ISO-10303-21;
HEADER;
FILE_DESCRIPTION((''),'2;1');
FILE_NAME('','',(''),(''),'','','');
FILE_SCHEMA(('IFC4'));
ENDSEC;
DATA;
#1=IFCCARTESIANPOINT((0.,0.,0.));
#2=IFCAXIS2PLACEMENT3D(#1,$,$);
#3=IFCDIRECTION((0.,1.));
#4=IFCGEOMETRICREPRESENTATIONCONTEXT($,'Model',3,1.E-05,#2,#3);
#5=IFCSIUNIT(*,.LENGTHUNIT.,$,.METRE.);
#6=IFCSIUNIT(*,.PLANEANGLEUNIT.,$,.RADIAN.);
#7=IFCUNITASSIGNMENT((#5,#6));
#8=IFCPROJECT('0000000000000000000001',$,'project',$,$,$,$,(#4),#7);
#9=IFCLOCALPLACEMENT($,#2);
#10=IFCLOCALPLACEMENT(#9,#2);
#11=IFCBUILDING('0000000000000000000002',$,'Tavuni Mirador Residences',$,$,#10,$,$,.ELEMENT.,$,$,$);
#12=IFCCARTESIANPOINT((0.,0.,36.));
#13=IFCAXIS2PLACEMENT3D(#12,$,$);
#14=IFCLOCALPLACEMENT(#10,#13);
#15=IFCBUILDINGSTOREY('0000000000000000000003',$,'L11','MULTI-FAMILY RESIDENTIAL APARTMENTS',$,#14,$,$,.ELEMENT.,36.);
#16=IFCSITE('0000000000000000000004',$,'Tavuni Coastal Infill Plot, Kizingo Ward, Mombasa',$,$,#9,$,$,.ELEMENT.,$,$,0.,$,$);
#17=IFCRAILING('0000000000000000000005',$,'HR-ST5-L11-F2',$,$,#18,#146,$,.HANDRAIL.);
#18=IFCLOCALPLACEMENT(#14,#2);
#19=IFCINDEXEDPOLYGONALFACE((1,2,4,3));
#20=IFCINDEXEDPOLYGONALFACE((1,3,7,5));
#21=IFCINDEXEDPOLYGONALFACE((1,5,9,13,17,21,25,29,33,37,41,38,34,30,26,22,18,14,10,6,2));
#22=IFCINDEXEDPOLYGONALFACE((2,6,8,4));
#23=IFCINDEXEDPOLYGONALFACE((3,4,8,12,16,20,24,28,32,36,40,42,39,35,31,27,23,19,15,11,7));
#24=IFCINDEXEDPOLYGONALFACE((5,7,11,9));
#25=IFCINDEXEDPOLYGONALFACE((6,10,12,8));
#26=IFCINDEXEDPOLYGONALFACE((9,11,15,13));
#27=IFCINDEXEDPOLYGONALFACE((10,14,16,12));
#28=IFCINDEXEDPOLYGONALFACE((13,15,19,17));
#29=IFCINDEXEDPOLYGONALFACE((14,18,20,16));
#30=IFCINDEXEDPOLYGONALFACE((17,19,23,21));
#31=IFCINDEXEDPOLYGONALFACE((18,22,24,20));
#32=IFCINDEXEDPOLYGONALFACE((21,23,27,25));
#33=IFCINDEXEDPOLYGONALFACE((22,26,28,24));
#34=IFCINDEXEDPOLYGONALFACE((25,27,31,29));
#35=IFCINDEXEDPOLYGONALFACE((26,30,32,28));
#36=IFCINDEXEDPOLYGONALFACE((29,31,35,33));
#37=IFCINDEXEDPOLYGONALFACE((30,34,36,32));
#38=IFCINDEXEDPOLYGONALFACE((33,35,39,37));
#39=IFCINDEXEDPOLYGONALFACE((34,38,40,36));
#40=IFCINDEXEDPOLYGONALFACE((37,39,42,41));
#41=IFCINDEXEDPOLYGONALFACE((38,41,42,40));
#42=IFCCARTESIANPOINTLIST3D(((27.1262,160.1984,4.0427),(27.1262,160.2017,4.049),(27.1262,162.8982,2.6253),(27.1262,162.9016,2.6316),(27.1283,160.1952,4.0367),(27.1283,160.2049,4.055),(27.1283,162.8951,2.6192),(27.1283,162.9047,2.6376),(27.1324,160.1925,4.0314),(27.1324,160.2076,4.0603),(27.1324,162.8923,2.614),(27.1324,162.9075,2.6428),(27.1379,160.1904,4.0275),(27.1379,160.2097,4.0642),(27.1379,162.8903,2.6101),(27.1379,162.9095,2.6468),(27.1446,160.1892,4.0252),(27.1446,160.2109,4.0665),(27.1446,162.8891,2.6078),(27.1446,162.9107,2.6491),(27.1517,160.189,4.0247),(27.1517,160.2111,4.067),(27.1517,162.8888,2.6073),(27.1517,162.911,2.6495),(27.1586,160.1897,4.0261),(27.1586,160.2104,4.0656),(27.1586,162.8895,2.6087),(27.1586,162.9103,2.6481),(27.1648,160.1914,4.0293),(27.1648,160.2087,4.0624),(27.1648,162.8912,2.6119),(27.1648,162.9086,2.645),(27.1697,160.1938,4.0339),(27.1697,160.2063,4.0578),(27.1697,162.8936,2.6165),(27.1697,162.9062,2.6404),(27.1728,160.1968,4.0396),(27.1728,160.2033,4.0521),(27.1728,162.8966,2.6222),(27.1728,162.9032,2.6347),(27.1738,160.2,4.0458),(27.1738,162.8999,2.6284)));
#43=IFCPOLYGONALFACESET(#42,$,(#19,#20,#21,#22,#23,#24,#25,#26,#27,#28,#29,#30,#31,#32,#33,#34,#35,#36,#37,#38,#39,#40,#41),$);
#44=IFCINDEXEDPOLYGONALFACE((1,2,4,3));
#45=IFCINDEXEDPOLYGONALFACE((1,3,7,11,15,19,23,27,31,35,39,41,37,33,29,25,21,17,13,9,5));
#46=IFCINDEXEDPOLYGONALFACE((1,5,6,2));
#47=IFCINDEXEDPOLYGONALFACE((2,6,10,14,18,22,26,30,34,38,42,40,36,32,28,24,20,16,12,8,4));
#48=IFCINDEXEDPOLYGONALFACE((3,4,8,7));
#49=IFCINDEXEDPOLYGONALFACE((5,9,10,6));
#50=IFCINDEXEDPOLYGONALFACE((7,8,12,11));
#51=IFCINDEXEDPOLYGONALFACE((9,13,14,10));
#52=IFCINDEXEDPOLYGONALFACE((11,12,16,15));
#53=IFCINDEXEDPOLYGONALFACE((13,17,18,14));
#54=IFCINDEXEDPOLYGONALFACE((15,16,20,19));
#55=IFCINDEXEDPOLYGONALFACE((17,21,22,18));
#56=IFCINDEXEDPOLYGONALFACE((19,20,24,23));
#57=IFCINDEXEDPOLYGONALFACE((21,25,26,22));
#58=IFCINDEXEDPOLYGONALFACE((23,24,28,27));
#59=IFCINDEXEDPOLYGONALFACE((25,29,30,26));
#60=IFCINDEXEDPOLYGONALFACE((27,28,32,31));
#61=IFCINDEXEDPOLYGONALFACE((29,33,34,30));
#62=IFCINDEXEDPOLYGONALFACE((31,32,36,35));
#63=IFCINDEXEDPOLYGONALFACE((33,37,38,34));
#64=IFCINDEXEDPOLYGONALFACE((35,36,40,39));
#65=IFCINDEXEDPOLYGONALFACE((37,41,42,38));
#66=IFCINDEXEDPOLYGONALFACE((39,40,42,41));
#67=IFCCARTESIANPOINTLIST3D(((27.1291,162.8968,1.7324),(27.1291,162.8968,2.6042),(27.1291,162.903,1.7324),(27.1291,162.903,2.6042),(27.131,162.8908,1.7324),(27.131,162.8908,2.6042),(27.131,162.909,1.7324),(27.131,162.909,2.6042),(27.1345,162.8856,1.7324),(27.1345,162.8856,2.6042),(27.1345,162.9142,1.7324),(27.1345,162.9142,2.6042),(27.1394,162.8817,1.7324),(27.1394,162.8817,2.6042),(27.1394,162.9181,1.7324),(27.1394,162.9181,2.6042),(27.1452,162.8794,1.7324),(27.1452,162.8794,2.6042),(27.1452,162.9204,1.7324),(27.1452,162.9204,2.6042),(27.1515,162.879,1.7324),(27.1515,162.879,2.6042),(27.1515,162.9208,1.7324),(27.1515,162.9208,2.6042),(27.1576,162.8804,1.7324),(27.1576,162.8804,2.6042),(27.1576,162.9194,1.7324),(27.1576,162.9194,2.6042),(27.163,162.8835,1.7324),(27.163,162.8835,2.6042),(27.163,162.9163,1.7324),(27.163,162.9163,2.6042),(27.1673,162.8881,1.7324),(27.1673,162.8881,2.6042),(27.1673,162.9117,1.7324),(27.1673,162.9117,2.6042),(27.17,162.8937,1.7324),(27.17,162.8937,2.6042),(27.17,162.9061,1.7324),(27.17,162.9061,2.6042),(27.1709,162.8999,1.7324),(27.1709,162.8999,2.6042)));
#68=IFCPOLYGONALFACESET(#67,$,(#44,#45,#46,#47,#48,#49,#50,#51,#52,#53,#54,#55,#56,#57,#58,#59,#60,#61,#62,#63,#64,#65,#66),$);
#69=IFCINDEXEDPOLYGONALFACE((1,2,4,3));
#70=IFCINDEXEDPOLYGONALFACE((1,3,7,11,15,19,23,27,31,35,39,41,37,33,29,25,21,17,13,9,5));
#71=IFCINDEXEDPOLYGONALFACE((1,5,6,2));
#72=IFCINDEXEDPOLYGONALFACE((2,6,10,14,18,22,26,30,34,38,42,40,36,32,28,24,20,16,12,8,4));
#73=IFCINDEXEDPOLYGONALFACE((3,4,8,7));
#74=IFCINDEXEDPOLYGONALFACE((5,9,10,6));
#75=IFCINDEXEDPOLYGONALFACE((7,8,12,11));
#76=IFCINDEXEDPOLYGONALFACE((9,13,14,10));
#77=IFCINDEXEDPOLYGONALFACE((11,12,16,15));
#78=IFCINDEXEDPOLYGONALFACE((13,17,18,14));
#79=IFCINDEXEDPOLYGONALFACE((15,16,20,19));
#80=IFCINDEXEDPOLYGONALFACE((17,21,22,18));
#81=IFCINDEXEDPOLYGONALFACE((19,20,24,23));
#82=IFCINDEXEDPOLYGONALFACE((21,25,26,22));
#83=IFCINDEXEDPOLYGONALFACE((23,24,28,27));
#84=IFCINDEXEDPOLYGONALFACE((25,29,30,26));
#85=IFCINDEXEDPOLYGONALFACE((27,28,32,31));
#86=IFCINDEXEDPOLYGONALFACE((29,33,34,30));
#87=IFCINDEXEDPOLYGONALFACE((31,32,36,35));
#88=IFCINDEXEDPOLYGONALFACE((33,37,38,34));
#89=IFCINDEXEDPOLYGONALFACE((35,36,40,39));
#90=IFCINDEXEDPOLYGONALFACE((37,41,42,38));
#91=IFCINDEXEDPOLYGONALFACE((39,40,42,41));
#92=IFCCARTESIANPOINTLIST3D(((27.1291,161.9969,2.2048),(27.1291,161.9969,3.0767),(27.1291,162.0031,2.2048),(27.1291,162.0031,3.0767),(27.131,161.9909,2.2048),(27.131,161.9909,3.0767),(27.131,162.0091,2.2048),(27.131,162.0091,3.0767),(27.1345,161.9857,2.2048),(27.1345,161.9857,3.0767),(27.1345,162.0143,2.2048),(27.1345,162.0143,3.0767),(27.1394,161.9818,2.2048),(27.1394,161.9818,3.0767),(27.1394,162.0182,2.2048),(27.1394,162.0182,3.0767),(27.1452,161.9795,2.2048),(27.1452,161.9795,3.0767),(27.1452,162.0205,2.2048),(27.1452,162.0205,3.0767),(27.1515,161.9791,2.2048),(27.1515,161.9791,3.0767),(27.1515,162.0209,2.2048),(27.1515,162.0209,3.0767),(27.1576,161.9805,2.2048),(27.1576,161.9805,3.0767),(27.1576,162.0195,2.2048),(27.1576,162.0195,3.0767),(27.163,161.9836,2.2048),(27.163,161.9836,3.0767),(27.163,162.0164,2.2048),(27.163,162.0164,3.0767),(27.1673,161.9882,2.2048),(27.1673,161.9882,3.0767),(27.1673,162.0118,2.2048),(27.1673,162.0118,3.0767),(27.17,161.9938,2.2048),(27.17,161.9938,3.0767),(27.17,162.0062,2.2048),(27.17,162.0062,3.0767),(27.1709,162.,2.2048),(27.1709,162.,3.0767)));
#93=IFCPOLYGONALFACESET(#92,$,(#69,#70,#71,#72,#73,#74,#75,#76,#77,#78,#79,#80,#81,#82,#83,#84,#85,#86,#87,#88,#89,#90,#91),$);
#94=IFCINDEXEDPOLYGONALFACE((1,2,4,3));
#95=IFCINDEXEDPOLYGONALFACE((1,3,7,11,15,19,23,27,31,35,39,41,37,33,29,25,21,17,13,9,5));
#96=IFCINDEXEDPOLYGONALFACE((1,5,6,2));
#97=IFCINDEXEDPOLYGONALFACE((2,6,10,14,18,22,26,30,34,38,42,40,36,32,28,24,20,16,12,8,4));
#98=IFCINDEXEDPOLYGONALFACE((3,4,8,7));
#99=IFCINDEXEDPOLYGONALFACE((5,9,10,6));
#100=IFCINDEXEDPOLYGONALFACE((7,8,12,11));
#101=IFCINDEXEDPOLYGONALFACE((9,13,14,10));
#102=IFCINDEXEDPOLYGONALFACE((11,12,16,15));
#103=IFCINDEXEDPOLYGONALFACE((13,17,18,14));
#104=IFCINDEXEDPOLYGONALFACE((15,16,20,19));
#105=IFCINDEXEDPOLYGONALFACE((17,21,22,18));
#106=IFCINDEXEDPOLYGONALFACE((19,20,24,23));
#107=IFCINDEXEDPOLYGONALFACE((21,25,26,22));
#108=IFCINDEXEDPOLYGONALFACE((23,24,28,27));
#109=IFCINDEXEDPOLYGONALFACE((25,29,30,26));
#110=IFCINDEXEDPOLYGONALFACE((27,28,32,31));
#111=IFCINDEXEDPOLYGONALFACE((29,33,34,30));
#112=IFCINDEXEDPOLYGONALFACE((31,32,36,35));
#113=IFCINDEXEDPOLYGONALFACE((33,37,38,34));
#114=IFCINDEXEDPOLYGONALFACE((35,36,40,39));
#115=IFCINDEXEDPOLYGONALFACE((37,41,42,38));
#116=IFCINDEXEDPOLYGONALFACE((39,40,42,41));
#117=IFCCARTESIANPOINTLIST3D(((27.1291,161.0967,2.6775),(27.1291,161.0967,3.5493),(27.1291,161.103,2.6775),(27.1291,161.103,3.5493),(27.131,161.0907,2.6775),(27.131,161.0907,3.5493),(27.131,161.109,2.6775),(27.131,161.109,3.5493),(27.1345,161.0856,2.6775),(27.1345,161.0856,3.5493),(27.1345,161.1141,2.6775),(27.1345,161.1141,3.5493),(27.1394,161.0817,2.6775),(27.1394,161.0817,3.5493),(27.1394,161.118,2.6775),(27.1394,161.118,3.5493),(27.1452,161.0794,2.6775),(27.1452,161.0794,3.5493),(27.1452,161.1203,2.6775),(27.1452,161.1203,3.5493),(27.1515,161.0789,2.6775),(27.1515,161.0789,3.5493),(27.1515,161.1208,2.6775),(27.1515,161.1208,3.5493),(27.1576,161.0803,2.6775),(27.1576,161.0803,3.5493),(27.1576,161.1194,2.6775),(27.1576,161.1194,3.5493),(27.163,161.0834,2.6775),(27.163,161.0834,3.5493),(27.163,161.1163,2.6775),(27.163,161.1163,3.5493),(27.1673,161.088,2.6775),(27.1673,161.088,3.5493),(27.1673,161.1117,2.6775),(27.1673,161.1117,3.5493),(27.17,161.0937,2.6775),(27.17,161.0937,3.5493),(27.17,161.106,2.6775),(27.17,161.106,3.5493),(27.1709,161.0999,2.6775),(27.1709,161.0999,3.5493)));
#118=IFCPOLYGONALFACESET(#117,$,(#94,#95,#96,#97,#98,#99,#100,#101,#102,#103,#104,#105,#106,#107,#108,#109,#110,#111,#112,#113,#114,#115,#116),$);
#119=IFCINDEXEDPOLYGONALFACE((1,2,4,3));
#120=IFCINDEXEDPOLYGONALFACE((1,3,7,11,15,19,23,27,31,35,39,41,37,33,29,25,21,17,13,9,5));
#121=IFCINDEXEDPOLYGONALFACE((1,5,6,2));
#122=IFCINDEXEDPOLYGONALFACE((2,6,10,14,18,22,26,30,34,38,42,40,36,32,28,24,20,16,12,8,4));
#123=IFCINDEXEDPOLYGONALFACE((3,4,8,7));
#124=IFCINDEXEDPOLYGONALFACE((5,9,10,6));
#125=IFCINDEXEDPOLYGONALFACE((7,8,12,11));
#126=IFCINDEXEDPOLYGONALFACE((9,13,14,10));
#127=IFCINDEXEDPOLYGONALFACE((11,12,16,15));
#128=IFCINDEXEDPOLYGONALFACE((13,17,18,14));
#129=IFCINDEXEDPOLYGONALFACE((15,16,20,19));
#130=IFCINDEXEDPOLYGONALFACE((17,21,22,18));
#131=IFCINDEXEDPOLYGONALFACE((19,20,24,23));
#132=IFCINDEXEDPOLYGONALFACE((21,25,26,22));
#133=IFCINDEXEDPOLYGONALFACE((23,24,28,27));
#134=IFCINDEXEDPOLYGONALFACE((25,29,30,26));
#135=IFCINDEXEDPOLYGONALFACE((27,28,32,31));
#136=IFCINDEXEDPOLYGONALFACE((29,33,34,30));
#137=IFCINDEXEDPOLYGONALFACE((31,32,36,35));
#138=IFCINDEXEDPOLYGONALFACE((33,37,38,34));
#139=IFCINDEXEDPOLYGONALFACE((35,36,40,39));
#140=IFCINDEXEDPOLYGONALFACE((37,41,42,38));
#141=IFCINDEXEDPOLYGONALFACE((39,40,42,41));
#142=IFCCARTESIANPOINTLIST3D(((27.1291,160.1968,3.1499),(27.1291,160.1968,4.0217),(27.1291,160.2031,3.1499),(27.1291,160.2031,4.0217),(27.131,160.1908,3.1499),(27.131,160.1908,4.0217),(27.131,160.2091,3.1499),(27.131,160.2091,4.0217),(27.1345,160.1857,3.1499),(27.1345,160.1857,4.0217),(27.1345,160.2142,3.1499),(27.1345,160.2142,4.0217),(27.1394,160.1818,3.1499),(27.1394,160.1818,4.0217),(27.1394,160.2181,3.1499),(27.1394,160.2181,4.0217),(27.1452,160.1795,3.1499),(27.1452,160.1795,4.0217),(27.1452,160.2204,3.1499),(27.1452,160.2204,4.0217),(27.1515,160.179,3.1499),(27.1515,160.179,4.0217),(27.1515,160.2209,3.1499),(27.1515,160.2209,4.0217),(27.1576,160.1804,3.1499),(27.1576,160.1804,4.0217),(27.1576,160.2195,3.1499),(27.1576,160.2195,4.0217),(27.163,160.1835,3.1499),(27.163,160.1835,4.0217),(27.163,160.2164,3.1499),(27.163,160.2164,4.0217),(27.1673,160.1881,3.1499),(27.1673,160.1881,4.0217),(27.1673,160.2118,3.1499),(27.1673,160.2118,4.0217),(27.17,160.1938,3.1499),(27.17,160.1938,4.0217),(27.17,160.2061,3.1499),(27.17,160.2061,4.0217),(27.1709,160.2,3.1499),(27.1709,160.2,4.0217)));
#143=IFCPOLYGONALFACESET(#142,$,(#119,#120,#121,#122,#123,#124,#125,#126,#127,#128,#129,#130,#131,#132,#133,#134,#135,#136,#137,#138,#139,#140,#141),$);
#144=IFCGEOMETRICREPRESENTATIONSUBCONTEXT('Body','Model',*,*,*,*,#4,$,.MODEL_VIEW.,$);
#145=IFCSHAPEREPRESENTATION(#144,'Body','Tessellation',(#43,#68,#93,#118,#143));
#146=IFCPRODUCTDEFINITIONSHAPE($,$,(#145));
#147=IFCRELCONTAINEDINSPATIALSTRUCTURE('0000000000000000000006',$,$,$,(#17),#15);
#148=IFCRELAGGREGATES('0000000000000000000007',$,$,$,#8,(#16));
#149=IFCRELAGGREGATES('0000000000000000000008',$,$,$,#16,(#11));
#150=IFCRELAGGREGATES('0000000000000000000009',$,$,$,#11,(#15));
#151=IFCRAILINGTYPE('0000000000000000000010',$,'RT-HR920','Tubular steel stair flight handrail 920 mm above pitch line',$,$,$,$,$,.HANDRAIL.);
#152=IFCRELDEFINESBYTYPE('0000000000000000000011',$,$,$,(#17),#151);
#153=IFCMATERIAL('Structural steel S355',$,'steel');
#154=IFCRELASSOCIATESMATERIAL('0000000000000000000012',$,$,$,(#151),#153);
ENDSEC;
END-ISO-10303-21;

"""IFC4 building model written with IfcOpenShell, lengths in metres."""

from ifc_helpers import new_model, si_unit, direction, frame, origin, origin_2d, place, context, subcontext, project, spatial, circle, extrude, material, type_object, element, save


model = new_model("IFC4")

# Units and contexts
model_context = context("Model", 3, precision=1e-05, world=origin(), true_north=direction((0.0, 1.0)))
body_context = subcontext(model_context, "Body", "Model", "MODEL_VIEW")
ifc_project = project(units=[si_unit("LENGTHUNIT", "METRE"), si_unit("PLANEANGLEUNIT", "RADIAN")], contexts=[model_context])

# Site, building, storey
site_placement = place(None, origin())
site = spatial("IfcSite", under=ifc_project, at=site_placement, Name="Tavuni Coastal Infill Plot, Kizingo Ward, Mombasa", CompositionType="ELEMENT", RefElevation=0.0)
building_placement = place(site_placement, origin())
building = spatial("IfcBuilding", under=site, at=building_placement, Name="Tavuni Mirador Residences", CompositionType="ELEMENT")
storey_placement = place(building_placement, frame((0.0, 0.0, 36.0)))
storey = spatial("IfcBuildingStorey", under=building, at=storey_placement, Name="L11", Description="MULTI-FAMILY RESIDENTIAL APARTMENTS", CompositionType="ELEMENT", Elevation=36.0)

# Shared definitions
ifc_material_1 = material(Name="Structural steel S355", Category="steel")

# Railing
railing_type_1 = type_object("IfcRailingType", Name="RT-HR920", Description="Tubular steel stair flight handrail 920 mm above pitch line", PredefinedType="HANDRAIL", material=ifc_material_1)
railing_1_placement = place(storey_placement, frame((27.1499, 162.8999, 1.7324)))
element("IfcRailing", 1, at=railing_1_placement, inside=storey, type_object=railing_type_1, Name="HR-ST5-L11-F2", PredefinedType="HANDRAIL", context=body_context, shape_type="SweptSolid", body=[
    extrude(circle(Radius=0.0239, at=origin_2d()), frame((0.0, 0.0, 0.896), z_axis=(0.0, -0.885397, 0.464835), x_axis=(1.0, 0.0, 0.0)), (0.0, 0.0, 1.0), 3.0493),
    extrude(circle(Radius=0.021, at=origin_2d()), origin(), (0.0, 0.0, 1.0), 0.8718),
    extrude(circle(Radius=0.021, at=origin_2d()), frame((0.0, -0.8999, 0.4724)), (0.0, 0.0, 1.0), 0.8718),
    extrude(circle(Radius=0.021, at=origin_2d()), frame((0.0, -1.8, 0.9451)), (0.0, 0.0, 1.0), 0.8718),
    extrude(circle(Radius=0.021, at=origin_2d()), frame((0.0, -2.7, 1.4175)), (0.0, 0.0, 1.0), 0.8718),
])

save(model, "model.ifc")
